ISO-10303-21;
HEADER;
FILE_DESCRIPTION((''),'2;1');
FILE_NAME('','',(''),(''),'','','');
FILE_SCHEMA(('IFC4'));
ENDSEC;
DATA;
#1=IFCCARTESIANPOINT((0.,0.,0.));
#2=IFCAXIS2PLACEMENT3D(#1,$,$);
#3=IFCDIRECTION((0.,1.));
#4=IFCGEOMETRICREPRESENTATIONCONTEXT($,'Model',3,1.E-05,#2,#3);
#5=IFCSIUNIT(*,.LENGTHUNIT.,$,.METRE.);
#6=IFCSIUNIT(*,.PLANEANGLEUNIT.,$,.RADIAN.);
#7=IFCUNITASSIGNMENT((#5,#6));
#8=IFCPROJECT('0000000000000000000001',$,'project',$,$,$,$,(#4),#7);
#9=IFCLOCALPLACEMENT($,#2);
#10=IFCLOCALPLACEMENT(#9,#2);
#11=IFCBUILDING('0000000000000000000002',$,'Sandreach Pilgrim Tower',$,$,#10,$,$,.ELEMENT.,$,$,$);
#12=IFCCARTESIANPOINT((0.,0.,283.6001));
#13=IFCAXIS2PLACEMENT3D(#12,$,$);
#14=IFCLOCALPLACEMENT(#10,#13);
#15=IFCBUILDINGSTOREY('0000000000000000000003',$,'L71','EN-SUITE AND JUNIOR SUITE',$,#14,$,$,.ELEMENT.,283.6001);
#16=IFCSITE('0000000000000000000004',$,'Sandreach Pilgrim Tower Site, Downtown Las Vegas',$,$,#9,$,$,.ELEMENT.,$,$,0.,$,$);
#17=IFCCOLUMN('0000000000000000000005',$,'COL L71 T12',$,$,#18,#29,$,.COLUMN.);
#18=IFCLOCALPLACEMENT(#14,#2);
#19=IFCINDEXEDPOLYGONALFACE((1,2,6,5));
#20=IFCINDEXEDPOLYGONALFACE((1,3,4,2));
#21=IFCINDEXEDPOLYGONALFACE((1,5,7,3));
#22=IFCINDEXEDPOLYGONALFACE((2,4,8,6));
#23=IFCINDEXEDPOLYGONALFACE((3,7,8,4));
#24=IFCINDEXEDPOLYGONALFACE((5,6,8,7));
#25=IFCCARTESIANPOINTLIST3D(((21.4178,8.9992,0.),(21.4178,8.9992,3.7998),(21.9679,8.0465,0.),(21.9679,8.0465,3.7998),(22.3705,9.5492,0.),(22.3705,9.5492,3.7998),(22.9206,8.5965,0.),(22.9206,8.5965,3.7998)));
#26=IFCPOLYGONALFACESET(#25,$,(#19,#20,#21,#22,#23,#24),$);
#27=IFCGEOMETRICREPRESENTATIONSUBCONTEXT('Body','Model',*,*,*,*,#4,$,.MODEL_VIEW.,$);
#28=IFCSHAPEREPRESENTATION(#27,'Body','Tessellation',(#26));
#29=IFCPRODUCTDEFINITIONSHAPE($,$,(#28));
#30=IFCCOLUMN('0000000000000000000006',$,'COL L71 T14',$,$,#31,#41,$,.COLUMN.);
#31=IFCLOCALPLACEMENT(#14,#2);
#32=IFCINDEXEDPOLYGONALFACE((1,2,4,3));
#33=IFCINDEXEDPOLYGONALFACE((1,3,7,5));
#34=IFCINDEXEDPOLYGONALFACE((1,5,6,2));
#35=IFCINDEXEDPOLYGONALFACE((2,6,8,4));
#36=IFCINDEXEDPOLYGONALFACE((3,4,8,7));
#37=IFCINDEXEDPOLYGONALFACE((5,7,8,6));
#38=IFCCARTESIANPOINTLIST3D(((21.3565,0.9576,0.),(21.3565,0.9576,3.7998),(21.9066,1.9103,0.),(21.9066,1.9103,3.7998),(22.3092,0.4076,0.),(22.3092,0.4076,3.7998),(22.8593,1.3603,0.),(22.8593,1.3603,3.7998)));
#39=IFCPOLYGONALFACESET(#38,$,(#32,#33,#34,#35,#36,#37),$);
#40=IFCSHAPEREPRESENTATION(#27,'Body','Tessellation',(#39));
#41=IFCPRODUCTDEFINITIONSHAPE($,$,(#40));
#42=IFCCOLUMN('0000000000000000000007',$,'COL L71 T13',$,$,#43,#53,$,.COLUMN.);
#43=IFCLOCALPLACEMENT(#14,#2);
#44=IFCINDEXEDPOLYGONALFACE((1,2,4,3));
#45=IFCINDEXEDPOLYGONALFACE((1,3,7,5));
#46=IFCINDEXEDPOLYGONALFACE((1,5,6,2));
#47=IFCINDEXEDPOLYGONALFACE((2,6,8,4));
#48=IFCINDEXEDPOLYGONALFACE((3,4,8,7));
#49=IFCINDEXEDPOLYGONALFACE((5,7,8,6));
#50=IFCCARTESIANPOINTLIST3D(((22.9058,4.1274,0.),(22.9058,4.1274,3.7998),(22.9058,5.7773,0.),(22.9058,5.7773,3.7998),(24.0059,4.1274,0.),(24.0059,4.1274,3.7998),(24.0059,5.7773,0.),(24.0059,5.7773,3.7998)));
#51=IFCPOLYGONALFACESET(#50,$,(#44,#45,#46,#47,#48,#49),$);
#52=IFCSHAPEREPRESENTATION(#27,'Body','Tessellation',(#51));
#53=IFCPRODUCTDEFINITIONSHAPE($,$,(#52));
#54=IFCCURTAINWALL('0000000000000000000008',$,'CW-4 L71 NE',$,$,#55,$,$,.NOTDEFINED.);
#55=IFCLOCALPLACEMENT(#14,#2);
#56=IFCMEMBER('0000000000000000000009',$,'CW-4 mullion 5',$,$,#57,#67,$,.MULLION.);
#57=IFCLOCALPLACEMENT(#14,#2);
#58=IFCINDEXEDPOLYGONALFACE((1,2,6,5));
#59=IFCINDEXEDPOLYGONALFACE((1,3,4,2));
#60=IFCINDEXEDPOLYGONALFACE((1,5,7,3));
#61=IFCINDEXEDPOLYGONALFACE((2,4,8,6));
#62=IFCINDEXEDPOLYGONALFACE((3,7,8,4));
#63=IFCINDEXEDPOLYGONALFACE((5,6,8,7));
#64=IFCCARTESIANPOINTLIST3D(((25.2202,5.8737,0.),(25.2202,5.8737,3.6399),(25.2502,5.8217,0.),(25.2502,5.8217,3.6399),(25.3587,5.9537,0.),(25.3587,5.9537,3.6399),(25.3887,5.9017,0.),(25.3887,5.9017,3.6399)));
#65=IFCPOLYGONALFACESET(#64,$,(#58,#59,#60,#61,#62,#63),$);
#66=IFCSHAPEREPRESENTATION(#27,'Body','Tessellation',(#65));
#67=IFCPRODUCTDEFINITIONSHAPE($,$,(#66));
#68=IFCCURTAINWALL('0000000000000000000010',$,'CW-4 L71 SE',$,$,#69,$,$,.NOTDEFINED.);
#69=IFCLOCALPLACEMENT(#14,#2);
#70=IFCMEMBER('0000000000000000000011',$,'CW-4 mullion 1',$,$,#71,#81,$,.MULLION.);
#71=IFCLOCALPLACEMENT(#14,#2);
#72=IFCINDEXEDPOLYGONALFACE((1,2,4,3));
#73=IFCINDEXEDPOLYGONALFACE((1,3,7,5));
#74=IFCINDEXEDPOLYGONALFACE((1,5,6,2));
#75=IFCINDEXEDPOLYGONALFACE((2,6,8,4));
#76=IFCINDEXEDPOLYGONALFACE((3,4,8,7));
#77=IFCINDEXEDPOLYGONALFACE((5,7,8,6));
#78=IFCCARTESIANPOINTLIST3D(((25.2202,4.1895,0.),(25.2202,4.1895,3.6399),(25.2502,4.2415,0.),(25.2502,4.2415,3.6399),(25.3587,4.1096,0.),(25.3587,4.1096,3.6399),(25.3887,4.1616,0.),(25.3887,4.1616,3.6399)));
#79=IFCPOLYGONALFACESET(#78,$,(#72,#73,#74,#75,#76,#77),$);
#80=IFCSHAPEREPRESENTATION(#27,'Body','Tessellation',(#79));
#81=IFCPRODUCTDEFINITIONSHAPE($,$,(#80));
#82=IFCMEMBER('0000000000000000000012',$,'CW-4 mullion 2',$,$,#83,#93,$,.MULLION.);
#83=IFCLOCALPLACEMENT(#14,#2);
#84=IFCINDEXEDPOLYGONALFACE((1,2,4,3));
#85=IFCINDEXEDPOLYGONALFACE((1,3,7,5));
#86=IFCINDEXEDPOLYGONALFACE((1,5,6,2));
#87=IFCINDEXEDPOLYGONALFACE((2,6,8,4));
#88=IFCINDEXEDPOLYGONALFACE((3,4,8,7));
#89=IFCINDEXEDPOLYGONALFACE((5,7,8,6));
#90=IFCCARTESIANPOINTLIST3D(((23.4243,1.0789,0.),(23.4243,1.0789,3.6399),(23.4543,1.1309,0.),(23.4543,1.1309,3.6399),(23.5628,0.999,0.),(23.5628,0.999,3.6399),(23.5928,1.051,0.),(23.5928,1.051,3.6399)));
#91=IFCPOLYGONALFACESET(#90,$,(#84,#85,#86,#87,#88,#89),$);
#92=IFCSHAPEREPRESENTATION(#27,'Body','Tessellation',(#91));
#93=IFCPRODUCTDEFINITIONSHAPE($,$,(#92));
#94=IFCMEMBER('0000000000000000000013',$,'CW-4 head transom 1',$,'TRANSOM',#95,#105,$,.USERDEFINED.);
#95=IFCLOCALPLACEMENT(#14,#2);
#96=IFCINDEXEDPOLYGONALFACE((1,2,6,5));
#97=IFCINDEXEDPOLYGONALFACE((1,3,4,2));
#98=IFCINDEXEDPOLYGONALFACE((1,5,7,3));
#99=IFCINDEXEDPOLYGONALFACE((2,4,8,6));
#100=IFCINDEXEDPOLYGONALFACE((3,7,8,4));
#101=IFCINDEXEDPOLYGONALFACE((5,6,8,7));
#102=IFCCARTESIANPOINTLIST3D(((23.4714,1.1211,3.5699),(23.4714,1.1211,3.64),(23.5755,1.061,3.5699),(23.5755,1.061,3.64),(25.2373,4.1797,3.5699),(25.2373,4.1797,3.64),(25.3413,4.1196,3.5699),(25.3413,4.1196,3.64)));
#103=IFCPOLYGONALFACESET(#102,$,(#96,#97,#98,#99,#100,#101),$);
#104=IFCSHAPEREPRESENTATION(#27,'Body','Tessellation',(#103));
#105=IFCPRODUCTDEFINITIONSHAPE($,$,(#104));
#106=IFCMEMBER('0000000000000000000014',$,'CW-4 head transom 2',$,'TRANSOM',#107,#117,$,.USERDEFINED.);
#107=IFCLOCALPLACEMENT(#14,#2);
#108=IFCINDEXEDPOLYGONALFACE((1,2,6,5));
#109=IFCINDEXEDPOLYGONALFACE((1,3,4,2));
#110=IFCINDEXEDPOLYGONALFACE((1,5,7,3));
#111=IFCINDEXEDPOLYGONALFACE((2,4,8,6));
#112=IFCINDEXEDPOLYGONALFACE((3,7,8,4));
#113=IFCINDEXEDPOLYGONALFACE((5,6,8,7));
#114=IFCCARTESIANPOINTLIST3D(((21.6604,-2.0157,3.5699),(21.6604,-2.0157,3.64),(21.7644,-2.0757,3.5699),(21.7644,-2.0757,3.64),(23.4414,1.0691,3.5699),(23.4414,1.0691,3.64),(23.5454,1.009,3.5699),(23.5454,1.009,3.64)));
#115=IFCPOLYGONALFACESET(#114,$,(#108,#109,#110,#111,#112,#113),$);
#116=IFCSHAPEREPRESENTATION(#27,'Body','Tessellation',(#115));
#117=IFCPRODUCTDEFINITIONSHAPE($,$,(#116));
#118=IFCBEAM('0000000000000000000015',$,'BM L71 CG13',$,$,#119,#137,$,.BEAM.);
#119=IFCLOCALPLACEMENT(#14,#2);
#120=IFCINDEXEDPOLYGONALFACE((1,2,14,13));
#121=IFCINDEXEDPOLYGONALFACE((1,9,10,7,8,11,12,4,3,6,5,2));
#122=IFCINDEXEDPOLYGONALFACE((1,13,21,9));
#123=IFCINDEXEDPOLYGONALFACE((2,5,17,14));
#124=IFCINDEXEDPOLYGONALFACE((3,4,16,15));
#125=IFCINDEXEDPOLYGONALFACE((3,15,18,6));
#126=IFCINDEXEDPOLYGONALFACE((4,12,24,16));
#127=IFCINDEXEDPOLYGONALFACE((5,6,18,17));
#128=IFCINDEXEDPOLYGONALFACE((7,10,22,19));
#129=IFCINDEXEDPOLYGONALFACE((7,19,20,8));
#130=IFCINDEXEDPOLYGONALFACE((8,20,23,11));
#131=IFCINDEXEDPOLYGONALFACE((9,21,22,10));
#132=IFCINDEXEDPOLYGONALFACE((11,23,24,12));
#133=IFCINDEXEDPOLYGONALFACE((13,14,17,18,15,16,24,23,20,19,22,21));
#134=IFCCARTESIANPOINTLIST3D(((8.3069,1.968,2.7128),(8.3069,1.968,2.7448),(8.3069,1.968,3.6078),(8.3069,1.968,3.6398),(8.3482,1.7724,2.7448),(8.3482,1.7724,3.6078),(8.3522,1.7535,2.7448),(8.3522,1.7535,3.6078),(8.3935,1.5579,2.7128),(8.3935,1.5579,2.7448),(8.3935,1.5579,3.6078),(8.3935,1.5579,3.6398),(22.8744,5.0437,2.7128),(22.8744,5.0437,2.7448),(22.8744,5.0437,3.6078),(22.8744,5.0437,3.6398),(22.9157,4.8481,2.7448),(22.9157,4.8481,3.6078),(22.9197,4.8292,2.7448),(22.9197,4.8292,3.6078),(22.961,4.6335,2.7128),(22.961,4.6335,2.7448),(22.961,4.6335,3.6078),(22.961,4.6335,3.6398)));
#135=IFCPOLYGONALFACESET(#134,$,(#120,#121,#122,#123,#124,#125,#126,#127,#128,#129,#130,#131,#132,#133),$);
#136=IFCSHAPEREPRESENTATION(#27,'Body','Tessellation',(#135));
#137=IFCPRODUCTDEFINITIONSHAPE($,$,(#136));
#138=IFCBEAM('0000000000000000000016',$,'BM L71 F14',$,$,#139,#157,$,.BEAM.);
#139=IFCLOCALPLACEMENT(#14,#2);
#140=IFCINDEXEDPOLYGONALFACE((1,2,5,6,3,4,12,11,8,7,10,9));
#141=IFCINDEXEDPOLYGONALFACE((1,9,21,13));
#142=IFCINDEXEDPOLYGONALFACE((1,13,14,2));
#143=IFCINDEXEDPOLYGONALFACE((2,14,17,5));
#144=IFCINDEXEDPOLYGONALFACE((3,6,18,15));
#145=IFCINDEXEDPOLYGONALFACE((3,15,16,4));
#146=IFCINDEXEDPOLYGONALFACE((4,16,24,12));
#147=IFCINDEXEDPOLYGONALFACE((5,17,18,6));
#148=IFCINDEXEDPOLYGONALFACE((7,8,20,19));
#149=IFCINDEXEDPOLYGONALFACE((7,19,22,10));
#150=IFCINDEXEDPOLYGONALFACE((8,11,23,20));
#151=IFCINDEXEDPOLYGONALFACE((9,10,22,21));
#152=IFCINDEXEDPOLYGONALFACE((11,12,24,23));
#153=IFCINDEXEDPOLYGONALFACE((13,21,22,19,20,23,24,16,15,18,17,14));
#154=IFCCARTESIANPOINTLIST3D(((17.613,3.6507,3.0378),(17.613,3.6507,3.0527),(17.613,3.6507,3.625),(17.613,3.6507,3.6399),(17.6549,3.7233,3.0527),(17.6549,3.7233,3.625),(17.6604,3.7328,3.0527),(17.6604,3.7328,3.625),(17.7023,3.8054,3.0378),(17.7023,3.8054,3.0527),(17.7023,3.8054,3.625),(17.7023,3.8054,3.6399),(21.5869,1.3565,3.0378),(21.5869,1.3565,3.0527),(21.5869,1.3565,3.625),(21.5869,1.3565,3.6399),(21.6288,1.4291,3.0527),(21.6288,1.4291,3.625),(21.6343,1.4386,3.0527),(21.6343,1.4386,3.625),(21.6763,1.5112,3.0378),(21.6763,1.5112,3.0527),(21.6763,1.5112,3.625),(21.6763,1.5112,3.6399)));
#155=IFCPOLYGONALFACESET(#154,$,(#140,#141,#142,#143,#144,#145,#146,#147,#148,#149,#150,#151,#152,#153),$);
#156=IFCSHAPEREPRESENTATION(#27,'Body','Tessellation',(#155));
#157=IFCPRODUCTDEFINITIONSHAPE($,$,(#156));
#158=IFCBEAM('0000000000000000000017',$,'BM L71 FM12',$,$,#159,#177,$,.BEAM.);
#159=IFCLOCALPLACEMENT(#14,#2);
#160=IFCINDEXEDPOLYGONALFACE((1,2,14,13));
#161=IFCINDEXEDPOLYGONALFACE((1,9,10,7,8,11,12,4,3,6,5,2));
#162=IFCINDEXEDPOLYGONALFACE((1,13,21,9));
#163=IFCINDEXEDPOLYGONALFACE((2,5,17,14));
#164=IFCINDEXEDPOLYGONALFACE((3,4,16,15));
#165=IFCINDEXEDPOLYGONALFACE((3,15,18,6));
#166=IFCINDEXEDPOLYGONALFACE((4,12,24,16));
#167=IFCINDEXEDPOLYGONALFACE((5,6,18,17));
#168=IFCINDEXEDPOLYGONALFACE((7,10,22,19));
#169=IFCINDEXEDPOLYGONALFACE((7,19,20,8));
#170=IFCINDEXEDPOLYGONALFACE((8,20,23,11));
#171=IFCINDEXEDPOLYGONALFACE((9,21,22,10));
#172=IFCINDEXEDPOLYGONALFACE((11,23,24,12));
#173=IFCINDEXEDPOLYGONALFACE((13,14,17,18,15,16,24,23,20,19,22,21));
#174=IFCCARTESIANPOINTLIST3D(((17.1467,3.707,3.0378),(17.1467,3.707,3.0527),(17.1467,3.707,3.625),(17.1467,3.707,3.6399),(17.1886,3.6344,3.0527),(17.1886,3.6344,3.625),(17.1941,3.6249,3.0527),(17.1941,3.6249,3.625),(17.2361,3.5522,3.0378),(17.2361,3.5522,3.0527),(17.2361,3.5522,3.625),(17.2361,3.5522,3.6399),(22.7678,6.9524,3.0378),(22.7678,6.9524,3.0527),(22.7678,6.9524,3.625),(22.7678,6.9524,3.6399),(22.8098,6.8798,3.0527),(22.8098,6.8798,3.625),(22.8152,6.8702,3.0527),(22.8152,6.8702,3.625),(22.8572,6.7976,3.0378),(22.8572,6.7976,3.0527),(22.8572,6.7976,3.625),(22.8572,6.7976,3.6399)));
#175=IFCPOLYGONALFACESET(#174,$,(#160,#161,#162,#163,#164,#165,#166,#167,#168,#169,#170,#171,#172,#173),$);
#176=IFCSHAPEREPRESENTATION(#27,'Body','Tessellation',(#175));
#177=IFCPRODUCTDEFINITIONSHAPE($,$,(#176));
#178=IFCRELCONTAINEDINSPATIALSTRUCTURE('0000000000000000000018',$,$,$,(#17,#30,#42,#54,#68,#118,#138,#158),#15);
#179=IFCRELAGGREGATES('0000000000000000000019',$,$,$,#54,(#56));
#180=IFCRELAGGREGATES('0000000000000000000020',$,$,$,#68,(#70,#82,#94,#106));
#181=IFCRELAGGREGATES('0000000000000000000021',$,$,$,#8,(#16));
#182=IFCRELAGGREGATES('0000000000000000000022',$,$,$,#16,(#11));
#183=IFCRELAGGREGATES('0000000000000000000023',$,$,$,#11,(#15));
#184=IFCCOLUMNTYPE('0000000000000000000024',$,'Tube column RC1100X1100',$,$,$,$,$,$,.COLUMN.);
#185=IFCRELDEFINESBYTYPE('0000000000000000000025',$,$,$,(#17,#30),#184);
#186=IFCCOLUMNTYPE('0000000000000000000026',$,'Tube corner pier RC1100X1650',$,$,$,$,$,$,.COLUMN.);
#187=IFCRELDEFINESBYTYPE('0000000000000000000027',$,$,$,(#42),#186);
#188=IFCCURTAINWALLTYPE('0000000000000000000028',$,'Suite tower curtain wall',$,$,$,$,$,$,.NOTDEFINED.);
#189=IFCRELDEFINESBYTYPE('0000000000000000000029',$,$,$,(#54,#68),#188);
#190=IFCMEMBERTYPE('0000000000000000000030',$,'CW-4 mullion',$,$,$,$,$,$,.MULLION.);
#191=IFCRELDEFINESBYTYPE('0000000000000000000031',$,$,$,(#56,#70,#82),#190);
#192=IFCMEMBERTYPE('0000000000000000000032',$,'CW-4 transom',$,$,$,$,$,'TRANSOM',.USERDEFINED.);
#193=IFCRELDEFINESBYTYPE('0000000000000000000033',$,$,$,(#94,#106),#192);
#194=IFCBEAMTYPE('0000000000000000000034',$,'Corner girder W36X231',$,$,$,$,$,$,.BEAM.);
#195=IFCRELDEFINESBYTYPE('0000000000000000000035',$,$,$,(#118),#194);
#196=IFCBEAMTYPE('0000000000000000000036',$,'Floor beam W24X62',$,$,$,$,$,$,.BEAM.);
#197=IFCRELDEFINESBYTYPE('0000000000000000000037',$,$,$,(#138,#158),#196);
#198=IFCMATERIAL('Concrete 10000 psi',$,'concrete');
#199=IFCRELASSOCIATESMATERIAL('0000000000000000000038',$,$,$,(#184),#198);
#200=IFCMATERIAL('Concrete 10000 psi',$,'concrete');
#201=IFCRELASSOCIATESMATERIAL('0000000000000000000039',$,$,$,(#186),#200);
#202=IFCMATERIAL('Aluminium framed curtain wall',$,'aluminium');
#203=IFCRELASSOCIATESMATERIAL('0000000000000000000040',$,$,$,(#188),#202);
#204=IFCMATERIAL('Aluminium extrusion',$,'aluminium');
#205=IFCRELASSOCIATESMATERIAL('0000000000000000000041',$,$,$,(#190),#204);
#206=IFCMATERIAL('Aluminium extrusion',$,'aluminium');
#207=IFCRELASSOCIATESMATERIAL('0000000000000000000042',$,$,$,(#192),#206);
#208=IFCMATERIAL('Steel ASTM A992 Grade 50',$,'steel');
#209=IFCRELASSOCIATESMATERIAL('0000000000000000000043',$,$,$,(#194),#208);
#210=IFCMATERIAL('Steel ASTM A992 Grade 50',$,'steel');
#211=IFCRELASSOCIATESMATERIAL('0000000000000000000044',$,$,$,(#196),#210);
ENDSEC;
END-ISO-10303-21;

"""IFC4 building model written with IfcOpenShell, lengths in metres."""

from ifc_helpers import new_model, si_unit, direction, frame, origin, origin_2d, place, context, subcontext, project, spatial, rectangle, i_section, extrude, material, material_profile, profile_set, type_object, element, aggregate, save


model = new_model("IFC4")

# Units and contexts
model_context = context("Model", 3, precision=1e-05, world=origin(), true_north=direction((0.0, 1.0)))
body_context = subcontext(model_context, "Body", "Model", "MODEL_VIEW")
ifc_project = project(units=[si_unit("LENGTHUNIT", "METRE"), si_unit("PLANEANGLEUNIT", "RADIAN")], contexts=[model_context])

# Site, building, storey
site_placement = place(None, origin())
site = spatial("IfcSite", under=ifc_project, at=site_placement, Name="Sandreach Pilgrim Tower Site, Downtown Las Vegas", CompositionType="ELEMENT", RefElevation=0.0)
building_placement = place(site_placement, origin())
building = spatial("IfcBuilding", under=site, at=building_placement, Name="Sandreach Pilgrim Tower", CompositionType="ELEMENT")
storey_placement = place(building_placement, frame((0.0, 0.0, 283.6001)))
storey = spatial("IfcBuildingStorey", under=building, at=storey_placement, Name="L71", Description="EN-SUITE AND JUNIOR SUITE", CompositionType="ELEMENT", Elevation=283.6001)

# Columns
ifc_material_1 = material(Name="Concrete 10000 psi", Category="concrete")
ifc_material_profile_1 = material_profile(ifc_material_1, rectangle(XDim=1.1001, YDim=1.1001, at=origin_2d()), Name="RC1100X1100")
ifc_profile_set_1 = profile_set([ifc_material_profile_1], Name="Concrete 10000 psi")
column_type_1 = type_object("IfcColumnType", Name="Tube column RC1100X1100", PredefinedType="COLUMN", material=ifc_profile_set_1)
for number, where, z_axis, x_axis, name in (
    (1, (22.1692, 8.7979, 0.0), (0.0, 0.0, 1.0), (0.866025, 0.5, 0.0), "COL L71 T12"),
    (2, (22.1079, 1.1589, 0.0), (0.0, 0.0, 1.0), (0.866025, -0.5, 0.0), "COL L71 T14"),
):
    element("IfcColumn", number, at=place(storey_placement, frame(where, z_axis=z_axis, x_axis=x_axis)), inside=storey, type_object=column_type_1, Name=name, PredefinedType="COLUMN", context=body_context, shape_type="SweptSolid", body=[
        extrude(rectangle(XDim=1.1001, YDim=1.1001, at=origin_2d()), origin(), (0.0, 0.0, 1.0), 3.7998),
    ])
ifc_material_2 = material(Name="Concrete 10000 psi", Category="concrete")
ifc_material_profile_2 = material_profile(ifc_material_2, rectangle(XDim=1.1001, YDim=1.6499, at=origin_2d()), Name="RC1100X1650")
ifc_profile_set_2 = profile_set([ifc_material_profile_2], Name="Concrete 10000 psi")
column_type_2 = type_object("IfcColumnType", Name="Tube corner pier RC1100X1650", PredefinedType="COLUMN", material=ifc_profile_set_2)
column_placement = place(storey_placement, frame((23.4558, 4.9524, 0.0), z_axis=(0.0, 0.0, 1.0), x_axis=(1.0, 0.0, 0.0)))
element("IfcColumn", 3, at=column_placement, inside=storey, type_object=column_type_2, Name="COL L71 T13", PredefinedType="COLUMN", context=body_context, shape_type="SweptSolid", body=[
    extrude(rectangle(XDim=1.1001, YDim=1.6499, at=origin_2d()), origin(), (0.0, 0.0, 1.0), 3.7998),
])

# Curtain wall, member
ifc_material_3 = material(Name="Aluminium framed curtain wall", Category="aluminium")
curtain_wall_type = type_object("IfcCurtainWallType", Name="Suite tower curtain wall", PredefinedType="NOTDEFINED", material=ifc_material_3)
curtain_wall_1_placement = place(storey_placement, origin())
curtain_wall_1 = element("IfcCurtainWall", 4, at=curtain_wall_1_placement, inside=storey, type_object=curtain_wall_type, Name="CW-4 L71 NE", PredefinedType="NOTDEFINED")
ifc_material_4 = material(Name="Aluminium extrusion", Category="aluminium")
ifc_material_profile_3 = material_profile(ifc_material_4, rectangle(XDim=0.0601, YDim=0.1599, at=origin_2d()), Name="CW-4M 60X160")
ifc_profile_set_3 = profile_set([ifc_material_profile_3], Name="Aluminium extrusion")
member_type_1 = type_object("IfcMemberType", Name="CW-4 mullion", PredefinedType="MULLION", material=ifc_profile_set_3)
member_1_placement = place(storey_placement, frame((25.3044, 5.8877, 0.0), z_axis=(0.0, 0.0, 1.0), x_axis=(0.5, -0.866025, 0.0)))
member_1 = element("IfcMember", 5, at=member_1_placement, type_object=member_type_1, Name="CW-4 mullion 5", PredefinedType="MULLION", context=body_context, shape_type="SweptSolid", body=[
    extrude(rectangle(XDim=0.0601, YDim=0.1599, at=origin_2d()), origin(), (0.0, 0.0, 1.0), 3.6399),
])

# Curtain wall, members
curtain_wall_2_placement = place(storey_placement, origin())
curtain_wall_2 = element("IfcCurtainWall", 6, at=curtain_wall_2_placement, inside=storey, type_object=curtain_wall_type, Name="CW-4 L71 SE", PredefinedType="NOTDEFINED")
member_2_placement = place(storey_placement, frame((25.3044, 4.1755, 0.0), z_axis=(0.0, 0.0, 1.0), x_axis=(-0.5, -0.866025, 0.0)))
member_2 = element("IfcMember", 7, at=member_2_placement, type_object=member_type_1, Name="CW-4 mullion 1", PredefinedType="MULLION", context=body_context, shape_type="SweptSolid", body=[
    extrude(rectangle(XDim=0.0601, YDim=0.1599, at=origin_2d()), origin(), (0.0, 0.0, 1.0), 3.6399),
])
member_3_placement = place(storey_placement, frame((23.5085, 1.0649, 0.0), z_axis=(0.0, 0.0, 1.0), x_axis=(-0.5, -0.866025, 0.0)))
member_3 = element("IfcMember", 8, at=member_3_placement, type_object=member_type_1, Name="CW-4 mullion 2", PredefinedType="MULLION", context=body_context, shape_type="SweptSolid", body=[
    extrude(rectangle(XDim=0.0601, YDim=0.1599, at=origin_2d()), origin(), (0.0, 0.0, 1.0), 3.6399),
])
ifc_material_5 = material(Name="Aluminium extrusion", Category="aluminium")
ifc_material_profile_4 = material_profile(ifc_material_5, rectangle(XDim=0.1201, YDim=0.0701, at=origin_2d()), Name="CW-4T 120X70")
ifc_profile_set_4 = profile_set([ifc_material_profile_4], Name="Aluminium extrusion")
member_type_2 = type_object("IfcMemberType", Name="CW-4 transom", ElementType="TRANSOM", PredefinedType="USERDEFINED", material=ifc_profile_set_4)
member_4_placement = place(storey_placement, frame((25.2893, 4.1497, 3.605), z_axis=(-0.499998, -0.866027, 0.0), x_axis=(0.866027, -0.499998, 0.0)))
member_4 = element("IfcMember", 9, at=member_4_placement, type_object=member_type_2, Name="CW-4 head transom 1", ObjectType="TRANSOM", PredefinedType="USERDEFINED", context=body_context, shape_type="SweptSolid", body=[
    extrude(rectangle(XDim=0.1201, YDim=0.0701, at=origin_2d()), origin(), (0.0, 0.0, 1.0), 3.5317),
])
member_5_placement = place(storey_placement, frame((23.4934, 1.0391, 3.605), z_axis=(-0.500009, -0.86602, 0.0), x_axis=(0.86602, -0.500009, 0.0)))
member_5 = element("IfcMember", 10, at=member_5_placement, type_object=member_type_2, Name="CW-4 head transom 2", ObjectType="TRANSOM", PredefinedType="USERDEFINED", context=body_context, shape_type="SweptSolid", body=[
    extrude(rectangle(XDim=0.1201, YDim=0.0701, at=origin_2d()), origin(), (0.0, 0.0, 1.0), 3.562),
])

# Beams
ifc_material_6 = material(Name="Steel ASTM A992 Grade 50", Category="steel")
ifc_material_profile_5 = material_profile(ifc_material_6, i_section(OverallWidth=0.4192, OverallDepth=0.927, WebThickness=0.0193, FlangeThickness=0.032, at=origin_2d()), Name="W36X231")
ifc_profile_set_5 = profile_set([ifc_material_profile_5], Name="Steel ASTM A992 Grade 50")
beam_type_1 = type_object("IfcBeamType", Name="Corner girder W36X231", PredefinedType="BEAM", material=ifc_profile_set_5)
beam_1_placement = place(storey_placement, frame((22.9177, 4.8386, 3.1763), z_axis=(-0.97843, -0.206577, 0.0), x_axis=(0.206577, -0.97843, 0.0)))
element("IfcBeam", 11, at=beam_1_placement, inside=storey, type_object=beam_type_1, Name="BM L71 CG13", PredefinedType="BEAM", context=body_context, shape_type="SweptSolid", body=[
    extrude(i_section(OverallWidth=0.4192, OverallDepth=0.927, WebThickness=0.0193, FlangeThickness=0.032, at=origin_2d()), origin(), (0.0, 0.0, 1.0), 14.8887),
])
ifc_material_7 = material(Name="Steel ASTM A992 Grade 50", Category="steel")
ifc_material_profile_6 = material_profile(ifc_material_7, i_section(OverallWidth=0.1787, OverallDepth=0.6021, WebThickness=0.011, FlangeThickness=0.0149, at=origin_2d()), Name="W24X62")
ifc_profile_set_6 = profile_set([ifc_material_profile_6], Name="Steel ASTM A992 Grade 50")
beam_type_2 = type_object("IfcBeamType", Name="Floor beam W24X62", PredefinedType="BEAM", material=ifc_profile_set_6)
beam_2_placement = place(storey_placement, frame((21.6316, 1.4338, 3.3389), z_axis=(-0.866038, 0.499979, 0.0), x_axis=(-0.499979, -0.866038, 0.0)))
element("IfcBeam", 12, at=beam_2_placement, inside=storey, type_object=beam_type_2, Name="BM L71 F14", PredefinedType="BEAM", context=body_context, shape_type="SweptSolid", body=[
    extrude(i_section(OverallWidth=0.1787, OverallDepth=0.6021, WebThickness=0.011, FlangeThickness=0.0149, at=origin_2d()), origin(), (0.0, 0.0, 1.0), 4.5886),
])
beam_3_placement = place(storey_placement, frame((22.8125, 6.875, 3.3389), z_axis=(-0.866024, -0.500002, 0.0), x_axis=(0.500002, -0.866024, 0.0)))
element("IfcBeam", 13, at=beam_3_placement, inside=storey, type_object=beam_type_2, Name="BM L71 FM12", PredefinedType="BEAM", context=body_context, shape_type="SweptSolid", body=[
    extrude(i_section(OverallWidth=0.1787, OverallDepth=0.6021, WebThickness=0.011, FlangeThickness=0.0149, at=origin_2d()), origin(), (0.0, 0.0, 1.0), 6.4907),
])

aggregate(curtain_wall_1, [member_1])
aggregate(curtain_wall_2, [member_2, member_3, member_4, member_5])

save(model, "model.ifc")
